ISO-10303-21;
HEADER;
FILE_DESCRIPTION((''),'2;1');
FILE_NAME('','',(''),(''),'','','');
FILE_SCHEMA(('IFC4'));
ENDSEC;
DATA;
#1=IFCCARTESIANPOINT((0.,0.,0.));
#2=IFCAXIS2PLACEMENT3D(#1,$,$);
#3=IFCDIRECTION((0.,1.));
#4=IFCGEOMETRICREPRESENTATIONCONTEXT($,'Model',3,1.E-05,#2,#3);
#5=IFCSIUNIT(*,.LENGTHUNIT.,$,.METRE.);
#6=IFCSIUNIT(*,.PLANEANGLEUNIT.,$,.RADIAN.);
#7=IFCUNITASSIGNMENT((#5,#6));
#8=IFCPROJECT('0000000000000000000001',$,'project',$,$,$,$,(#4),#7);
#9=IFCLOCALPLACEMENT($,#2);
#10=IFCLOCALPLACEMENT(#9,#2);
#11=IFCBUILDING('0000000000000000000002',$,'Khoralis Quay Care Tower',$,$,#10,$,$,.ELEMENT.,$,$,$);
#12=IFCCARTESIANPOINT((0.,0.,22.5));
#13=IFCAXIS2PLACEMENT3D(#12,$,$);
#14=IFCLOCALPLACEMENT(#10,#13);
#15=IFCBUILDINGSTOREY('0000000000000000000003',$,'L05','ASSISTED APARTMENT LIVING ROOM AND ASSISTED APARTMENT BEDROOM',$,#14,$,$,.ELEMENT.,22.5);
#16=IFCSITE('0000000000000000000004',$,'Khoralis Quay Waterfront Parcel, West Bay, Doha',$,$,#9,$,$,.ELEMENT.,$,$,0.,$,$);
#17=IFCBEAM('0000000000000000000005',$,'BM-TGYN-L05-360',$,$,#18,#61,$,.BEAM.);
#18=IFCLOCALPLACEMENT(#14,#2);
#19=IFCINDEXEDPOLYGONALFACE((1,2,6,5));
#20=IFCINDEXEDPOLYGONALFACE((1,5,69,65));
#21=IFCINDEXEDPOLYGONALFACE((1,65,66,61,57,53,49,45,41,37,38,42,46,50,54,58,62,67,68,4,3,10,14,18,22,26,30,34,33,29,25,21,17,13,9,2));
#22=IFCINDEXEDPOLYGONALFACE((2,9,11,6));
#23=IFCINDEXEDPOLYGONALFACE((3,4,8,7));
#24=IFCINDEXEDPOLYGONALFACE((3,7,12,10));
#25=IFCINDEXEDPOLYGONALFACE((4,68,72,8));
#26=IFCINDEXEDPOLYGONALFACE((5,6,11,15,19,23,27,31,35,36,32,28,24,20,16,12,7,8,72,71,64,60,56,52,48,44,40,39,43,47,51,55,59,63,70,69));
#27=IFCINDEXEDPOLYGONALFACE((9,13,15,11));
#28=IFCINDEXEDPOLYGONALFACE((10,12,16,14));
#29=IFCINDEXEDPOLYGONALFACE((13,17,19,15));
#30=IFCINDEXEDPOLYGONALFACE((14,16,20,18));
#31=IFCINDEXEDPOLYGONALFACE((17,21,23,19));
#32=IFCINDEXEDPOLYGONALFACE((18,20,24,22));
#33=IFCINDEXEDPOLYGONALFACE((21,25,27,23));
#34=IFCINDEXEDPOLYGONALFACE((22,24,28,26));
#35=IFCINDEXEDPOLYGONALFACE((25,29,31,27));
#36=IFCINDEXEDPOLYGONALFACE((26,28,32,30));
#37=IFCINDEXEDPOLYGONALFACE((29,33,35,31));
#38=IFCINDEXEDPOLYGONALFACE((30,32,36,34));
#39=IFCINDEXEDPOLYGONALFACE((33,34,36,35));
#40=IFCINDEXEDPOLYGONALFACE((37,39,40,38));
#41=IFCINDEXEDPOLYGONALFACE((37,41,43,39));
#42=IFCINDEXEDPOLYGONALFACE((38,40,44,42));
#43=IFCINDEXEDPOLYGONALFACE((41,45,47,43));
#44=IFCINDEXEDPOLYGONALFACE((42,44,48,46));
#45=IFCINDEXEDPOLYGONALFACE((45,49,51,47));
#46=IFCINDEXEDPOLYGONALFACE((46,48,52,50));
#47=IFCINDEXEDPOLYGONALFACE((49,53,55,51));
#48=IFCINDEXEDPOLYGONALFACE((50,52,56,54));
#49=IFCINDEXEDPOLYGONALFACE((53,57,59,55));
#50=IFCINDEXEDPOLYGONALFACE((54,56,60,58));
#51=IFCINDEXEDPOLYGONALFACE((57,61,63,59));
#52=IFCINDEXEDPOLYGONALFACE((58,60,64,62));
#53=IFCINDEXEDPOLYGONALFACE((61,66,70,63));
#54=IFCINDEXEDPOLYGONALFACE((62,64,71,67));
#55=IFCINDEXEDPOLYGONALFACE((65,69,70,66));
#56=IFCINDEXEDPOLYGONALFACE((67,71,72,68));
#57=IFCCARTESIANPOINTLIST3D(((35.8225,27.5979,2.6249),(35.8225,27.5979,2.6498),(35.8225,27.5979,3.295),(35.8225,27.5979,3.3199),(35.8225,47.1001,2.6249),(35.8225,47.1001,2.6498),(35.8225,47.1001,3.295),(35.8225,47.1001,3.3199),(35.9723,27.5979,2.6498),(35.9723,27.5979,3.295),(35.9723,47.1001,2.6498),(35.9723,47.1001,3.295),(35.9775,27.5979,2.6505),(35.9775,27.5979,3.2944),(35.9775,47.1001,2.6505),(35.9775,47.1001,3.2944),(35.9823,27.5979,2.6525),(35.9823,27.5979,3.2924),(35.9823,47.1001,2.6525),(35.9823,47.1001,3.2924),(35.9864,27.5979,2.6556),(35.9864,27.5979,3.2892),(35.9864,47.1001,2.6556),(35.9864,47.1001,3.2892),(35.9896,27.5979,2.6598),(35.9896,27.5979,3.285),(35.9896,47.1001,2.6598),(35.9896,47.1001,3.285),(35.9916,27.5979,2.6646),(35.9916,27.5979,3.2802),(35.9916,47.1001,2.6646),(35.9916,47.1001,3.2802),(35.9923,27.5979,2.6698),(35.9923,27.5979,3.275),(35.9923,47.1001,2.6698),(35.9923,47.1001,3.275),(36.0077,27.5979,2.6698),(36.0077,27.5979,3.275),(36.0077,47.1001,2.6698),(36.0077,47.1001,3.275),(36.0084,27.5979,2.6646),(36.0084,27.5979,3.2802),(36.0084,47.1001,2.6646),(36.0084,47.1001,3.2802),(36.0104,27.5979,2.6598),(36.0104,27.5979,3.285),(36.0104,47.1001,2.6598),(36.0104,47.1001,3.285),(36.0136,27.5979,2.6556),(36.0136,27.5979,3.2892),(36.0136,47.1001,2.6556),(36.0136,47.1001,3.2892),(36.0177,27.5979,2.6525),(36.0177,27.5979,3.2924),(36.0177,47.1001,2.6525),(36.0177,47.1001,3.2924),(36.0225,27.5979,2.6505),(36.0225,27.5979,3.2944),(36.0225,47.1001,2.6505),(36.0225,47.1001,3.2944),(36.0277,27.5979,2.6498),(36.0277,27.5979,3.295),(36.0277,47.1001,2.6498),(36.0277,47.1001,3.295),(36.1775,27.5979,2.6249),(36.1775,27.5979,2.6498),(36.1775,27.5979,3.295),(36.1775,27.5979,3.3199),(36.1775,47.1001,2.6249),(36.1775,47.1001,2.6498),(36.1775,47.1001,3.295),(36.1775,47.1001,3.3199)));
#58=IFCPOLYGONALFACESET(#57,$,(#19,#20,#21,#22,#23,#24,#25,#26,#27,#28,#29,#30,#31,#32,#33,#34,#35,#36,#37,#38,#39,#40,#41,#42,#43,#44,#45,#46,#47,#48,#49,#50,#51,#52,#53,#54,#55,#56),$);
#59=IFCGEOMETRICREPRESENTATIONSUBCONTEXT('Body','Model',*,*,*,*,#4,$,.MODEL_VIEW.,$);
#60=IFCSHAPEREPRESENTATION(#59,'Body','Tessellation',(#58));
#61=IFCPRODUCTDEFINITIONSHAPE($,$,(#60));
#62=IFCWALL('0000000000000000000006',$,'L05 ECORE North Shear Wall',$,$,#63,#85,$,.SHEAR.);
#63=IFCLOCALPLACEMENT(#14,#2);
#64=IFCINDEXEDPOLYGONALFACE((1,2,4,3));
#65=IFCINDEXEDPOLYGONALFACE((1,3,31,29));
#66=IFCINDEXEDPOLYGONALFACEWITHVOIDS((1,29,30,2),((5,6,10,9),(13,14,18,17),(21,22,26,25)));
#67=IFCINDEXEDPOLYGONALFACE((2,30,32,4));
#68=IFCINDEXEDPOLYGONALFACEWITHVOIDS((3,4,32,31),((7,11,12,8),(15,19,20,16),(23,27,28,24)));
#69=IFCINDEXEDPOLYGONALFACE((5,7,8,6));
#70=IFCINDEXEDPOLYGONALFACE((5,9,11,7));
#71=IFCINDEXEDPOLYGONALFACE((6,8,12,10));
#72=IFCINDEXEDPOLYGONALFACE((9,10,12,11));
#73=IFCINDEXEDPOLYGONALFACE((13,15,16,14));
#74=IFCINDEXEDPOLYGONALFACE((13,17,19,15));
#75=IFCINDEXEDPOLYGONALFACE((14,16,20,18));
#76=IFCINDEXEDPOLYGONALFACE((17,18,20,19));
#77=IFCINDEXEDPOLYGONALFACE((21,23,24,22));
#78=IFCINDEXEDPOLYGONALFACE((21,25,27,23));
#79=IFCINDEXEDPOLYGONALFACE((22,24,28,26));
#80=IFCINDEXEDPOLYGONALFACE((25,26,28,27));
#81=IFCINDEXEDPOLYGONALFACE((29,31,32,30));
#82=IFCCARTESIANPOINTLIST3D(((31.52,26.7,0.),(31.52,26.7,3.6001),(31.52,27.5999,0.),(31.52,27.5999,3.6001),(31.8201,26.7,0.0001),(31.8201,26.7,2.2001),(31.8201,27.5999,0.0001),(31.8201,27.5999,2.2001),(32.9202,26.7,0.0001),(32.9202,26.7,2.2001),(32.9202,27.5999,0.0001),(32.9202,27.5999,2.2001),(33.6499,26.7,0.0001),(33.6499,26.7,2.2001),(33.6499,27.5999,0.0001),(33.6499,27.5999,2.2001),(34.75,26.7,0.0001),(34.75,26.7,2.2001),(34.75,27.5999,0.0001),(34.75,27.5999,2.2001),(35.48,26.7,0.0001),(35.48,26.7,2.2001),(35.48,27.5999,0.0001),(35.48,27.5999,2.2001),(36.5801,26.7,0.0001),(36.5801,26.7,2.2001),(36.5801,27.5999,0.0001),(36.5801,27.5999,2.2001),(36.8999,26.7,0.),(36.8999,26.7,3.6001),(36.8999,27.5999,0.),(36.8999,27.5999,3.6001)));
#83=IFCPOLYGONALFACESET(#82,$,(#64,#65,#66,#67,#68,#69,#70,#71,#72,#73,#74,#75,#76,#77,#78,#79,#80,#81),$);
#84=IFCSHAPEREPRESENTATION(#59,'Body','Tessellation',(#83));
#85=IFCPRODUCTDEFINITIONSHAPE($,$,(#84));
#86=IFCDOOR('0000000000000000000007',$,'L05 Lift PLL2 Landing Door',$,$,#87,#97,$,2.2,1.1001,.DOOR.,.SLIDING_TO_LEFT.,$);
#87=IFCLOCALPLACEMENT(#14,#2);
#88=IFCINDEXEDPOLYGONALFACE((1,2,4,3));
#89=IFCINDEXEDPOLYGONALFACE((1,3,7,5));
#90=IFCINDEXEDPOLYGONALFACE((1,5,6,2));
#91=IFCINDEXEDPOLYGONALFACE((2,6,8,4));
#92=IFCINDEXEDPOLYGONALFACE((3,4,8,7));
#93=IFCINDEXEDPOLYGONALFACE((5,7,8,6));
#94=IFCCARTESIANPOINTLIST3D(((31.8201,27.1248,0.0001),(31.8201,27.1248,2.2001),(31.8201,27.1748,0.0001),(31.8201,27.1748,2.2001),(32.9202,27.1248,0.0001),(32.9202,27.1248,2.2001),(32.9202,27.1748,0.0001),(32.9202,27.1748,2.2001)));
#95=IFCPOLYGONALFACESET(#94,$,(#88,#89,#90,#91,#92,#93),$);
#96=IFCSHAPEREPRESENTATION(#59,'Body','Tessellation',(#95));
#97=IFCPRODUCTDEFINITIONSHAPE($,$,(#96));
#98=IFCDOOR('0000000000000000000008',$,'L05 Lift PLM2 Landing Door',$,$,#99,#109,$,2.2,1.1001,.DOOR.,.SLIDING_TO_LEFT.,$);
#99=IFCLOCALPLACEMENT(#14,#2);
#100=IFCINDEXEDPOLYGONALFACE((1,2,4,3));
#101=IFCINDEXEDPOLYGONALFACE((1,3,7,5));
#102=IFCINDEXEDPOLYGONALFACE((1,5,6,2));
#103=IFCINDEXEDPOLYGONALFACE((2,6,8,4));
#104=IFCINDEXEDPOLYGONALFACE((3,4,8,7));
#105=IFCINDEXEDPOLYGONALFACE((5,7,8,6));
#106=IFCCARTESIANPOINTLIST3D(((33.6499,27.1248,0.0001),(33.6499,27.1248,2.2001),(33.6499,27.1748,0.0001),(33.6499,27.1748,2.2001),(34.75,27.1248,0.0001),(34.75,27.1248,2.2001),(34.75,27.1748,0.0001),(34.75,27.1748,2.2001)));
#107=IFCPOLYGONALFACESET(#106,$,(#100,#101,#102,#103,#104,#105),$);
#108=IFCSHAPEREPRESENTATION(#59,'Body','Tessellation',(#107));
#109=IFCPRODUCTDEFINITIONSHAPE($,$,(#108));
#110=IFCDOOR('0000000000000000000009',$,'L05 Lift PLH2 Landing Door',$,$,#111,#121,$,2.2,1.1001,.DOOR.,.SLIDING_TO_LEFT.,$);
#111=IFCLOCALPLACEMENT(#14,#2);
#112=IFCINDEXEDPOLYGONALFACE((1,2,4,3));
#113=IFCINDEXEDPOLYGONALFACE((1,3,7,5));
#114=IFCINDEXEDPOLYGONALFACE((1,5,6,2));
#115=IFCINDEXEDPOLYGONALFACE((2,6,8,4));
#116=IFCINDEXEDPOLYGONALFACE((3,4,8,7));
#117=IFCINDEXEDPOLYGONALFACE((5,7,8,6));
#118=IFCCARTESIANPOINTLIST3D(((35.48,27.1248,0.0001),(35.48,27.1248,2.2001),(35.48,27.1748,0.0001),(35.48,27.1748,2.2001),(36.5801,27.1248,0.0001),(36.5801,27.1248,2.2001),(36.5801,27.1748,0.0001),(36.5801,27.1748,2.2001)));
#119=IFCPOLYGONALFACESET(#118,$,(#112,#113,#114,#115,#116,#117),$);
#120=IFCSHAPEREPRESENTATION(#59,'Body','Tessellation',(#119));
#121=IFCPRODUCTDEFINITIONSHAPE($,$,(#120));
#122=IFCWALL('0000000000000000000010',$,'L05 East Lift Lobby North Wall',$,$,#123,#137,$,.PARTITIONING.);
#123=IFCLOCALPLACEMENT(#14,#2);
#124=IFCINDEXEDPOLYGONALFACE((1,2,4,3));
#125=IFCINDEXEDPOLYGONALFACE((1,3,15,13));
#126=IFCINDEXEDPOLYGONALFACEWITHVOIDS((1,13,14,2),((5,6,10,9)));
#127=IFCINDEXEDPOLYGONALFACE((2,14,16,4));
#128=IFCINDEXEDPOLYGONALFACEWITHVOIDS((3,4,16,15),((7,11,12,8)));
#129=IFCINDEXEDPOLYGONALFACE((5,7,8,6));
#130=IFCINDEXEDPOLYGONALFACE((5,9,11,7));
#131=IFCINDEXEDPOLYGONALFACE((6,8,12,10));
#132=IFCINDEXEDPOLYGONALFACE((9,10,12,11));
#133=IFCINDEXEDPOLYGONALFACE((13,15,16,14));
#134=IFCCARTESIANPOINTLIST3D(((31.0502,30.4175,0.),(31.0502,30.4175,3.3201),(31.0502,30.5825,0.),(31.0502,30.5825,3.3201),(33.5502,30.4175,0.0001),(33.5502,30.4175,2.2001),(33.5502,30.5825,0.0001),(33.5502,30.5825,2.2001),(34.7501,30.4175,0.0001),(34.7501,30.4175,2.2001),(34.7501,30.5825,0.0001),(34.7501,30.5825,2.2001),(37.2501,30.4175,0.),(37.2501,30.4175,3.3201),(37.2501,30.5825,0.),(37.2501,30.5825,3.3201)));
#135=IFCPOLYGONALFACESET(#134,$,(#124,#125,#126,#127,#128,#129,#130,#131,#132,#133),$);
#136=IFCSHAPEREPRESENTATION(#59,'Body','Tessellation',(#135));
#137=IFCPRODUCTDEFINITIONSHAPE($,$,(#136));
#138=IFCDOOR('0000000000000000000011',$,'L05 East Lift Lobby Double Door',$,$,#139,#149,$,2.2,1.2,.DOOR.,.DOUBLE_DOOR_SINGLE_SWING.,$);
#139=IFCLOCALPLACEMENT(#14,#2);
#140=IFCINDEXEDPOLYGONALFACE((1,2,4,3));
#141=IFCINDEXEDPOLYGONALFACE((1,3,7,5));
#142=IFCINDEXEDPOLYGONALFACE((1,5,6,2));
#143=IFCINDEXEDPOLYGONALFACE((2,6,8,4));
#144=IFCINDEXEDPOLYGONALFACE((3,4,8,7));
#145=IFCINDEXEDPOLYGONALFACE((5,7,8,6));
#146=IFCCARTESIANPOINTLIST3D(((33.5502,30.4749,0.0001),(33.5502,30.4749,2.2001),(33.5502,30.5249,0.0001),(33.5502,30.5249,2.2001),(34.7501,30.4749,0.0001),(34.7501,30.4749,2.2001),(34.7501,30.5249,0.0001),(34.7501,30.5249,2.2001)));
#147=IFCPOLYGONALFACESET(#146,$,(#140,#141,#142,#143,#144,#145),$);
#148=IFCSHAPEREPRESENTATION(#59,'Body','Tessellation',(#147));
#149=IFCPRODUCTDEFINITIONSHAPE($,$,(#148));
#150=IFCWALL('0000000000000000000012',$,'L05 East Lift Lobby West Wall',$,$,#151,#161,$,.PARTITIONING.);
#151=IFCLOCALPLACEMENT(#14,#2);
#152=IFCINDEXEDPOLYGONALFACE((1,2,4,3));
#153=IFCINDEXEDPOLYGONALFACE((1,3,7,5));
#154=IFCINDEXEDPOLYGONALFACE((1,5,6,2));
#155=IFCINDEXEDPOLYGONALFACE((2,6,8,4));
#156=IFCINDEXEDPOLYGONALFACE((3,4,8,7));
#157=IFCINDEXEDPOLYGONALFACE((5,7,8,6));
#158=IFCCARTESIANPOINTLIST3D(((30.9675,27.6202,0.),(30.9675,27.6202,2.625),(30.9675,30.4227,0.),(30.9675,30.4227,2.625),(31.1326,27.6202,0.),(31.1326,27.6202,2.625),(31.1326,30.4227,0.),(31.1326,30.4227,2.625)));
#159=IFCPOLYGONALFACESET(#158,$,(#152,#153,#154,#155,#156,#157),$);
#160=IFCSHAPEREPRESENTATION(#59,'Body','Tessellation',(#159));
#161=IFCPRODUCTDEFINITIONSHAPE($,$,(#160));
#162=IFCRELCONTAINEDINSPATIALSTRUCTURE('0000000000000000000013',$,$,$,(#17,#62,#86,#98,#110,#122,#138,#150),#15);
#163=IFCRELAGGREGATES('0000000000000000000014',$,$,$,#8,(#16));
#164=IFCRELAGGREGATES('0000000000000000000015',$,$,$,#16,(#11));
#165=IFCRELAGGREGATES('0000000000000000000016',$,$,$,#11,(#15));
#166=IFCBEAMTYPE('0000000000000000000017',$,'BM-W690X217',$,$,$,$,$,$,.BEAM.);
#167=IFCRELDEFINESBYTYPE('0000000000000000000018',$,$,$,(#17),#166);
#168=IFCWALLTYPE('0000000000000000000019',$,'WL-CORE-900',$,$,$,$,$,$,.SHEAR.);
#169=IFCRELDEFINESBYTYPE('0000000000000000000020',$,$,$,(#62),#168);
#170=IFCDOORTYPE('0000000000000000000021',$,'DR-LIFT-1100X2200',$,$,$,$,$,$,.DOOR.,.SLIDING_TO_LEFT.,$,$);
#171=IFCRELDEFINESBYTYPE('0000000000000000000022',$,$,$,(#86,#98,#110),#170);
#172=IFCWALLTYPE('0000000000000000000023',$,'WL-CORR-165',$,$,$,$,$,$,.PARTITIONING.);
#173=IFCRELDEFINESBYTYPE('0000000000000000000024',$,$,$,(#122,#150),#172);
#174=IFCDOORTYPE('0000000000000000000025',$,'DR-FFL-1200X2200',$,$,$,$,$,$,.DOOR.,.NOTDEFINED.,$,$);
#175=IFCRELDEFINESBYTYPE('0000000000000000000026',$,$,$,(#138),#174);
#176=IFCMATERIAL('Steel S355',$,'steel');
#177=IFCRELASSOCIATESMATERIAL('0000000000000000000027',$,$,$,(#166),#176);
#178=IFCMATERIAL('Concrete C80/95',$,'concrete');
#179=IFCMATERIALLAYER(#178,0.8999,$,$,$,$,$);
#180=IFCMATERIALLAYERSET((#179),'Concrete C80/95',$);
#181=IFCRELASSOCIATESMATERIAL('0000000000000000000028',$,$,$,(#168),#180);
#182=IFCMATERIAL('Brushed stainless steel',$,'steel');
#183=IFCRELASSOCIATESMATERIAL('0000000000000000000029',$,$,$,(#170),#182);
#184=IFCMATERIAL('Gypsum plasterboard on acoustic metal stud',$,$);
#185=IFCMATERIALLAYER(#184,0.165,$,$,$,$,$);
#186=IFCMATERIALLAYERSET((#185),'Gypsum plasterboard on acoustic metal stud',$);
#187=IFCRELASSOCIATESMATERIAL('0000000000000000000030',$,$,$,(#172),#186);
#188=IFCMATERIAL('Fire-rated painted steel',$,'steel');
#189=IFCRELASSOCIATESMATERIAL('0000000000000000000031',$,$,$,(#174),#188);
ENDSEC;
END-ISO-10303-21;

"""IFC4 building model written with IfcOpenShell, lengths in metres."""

from ifc_helpers import new_model, si_unit, direction, frame, frame_2d, origin, origin_2d, place, context, subcontext, project, spatial, rectangle, i_section, extrude, source, transform, mapped, material, layer, layer_set, material_profile, profile_set, type_object, element, fill, save


model = new_model("IFC4")

# Units and contexts
model_context = context("Model", 3, precision=1e-05, world=origin(), true_north=direction((0.0, 1.0)))
body_context = subcontext(model_context, "Body", "Model", "MODEL_VIEW")
ifc_project = project(units=[si_unit("LENGTHUNIT", "METRE"), si_unit("PLANEANGLEUNIT", "RADIAN")], contexts=[model_context])

# Site, building, storey
site_placement = place(None, origin())
site = spatial("IfcSite", under=ifc_project, at=site_placement, Name="Khoralis Quay Waterfront Parcel, West Bay, Doha", CompositionType="ELEMENT", RefElevation=0.0)
building_placement = place(site_placement, origin())
building = spatial("IfcBuilding", under=site, at=building_placement, Name="Khoralis Quay Care Tower", CompositionType="ELEMENT")
storey_placement = place(building_placement, frame((0.0, 0.0, 22.5)))
storey = spatial("IfcBuildingStorey", under=building, at=storey_placement, Name="L05", Description="ASSISTED APARTMENT LIVING ROOM AND ASSISTED APARTMENT BEDROOM", CompositionType="ELEMENT", Elevation=22.5)

# Beam
ifc_material_1 = material(Name="Steel S355", Category="steel")
ifc_material_profile_1 = material_profile(ifc_material_1, i_section(OverallWidth=0.355, OverallDepth=0.6951, WebThickness=0.0154, FlangeThickness=0.0249, FilletRadius=0.02, at=origin_2d()), Name="Steel S355")
ifc_profile_set_1 = profile_set([ifc_material_profile_1], Name="Steel S355")
beam_type_1 = type_object("IfcBeamType", Name="BM-W690X217", PredefinedType="BEAM", material=ifc_profile_set_1)
shared_shape_1 = source(origin(), body_context, "Body", "SweptSolid", [
    extrude(i_section(OverallWidth=0.355, OverallDepth=0.6951, WebThickness=0.0154, FlangeThickness=0.0249, FilletRadius=0.02, at=origin_2d()), origin(), (0.0, 0.0, 1.0), 19.5022),
])
for number, where, z_axis, x_axis, name in (
    (1, (36.0, 27.5979, 2.9724), (0.0, 1.0, 0.0), (-1.0, 0.0, 0.0), "BM-TGYN-L05-360"),
):
    element("IfcBeam", number, at=place(storey_placement, frame(where, z_axis=z_axis, x_axis=x_axis)), inside=storey, type_object=beam_type_1, Name=name, PredefinedType="BEAM", context=body_context, shape_type="MappedRepresentation", body=[
        mapped(shared_shape_1, transform((0.0, 0.0, 0.0), scale=1.0)),
    ])

# Wall, openings, doors
ifc_material_2 = material(Name="Concrete C80/95", Category="concrete")
ifc_layer_1 = layer(ifc_material_2, 0.8999)
ifc_layer_set_1 = layer_set([ifc_layer_1], Name="Concrete C80/95")
wall_type_1 = type_object("IfcWallType", Name="WL-CORE-900", PredefinedType="SHEAR", material=ifc_layer_set_1)
wall_1_placement = place(storey_placement, frame((31.52, 27.1499, 0.0), z_axis=(0.0, 0.0, 1.0), x_axis=(1.0, 0.0, 0.0)))
wall_1 = element("IfcWall", 2, at=wall_1_placement, inside=storey, type_object=wall_type_1, Name="L05 ECORE North Shear Wall", PredefinedType="SHEAR", context=body_context, shape_type="SweptSolid", body=[
    extrude(rectangle(XDim=5.3799, YDim=0.8999, at=frame_2d((2.6899, 0.0))), origin(), (0.0, 0.0, 1.0), 3.6001),
])
opening_1_placement = place(wall_1_placement, frame((0.3, 0.0, 0.0)))
opening_1 = element("IfcOpeningElement", 3, at=opening_1_placement, cuts=wall_1, PredefinedType="OPENING", context=body_context, shape_type="SweptSolid", body=[
    extrude(rectangle(XDim=1.1001, YDim=2.2, at=frame_2d((0.55, 1.1001))), frame((0.0, 0.46, 0.0), z_axis=(0.0, -1.0, 0.0), x_axis=(1.0, 0.0, 0.0)), (0.0, 0.0, 1.0), 0.9199),
])
opening_2_placement = place(wall_1_placement, frame((2.1299, 0.0, 0.0)))
opening_2 = element("IfcOpeningElement", 4, at=opening_2_placement, cuts=wall_1, PredefinedType="OPENING", context=body_context, shape_type="SweptSolid", body=[
    extrude(rectangle(XDim=1.1001, YDim=2.2, at=frame_2d((0.55, 1.1001))), frame((0.0, 0.46, 0.0), z_axis=(0.0, -1.0, 0.0), x_axis=(1.0, 0.0, 0.0)), (0.0, 0.0, 1.0), 0.9199),
])
opening_3_placement = place(wall_1_placement, frame((3.96, 0.0, 0.0)))
opening_3 = element("IfcOpeningElement", 5, at=opening_3_placement, cuts=wall_1, PredefinedType="OPENING", context=body_context, shape_type="SweptSolid", body=[
    extrude(rectangle(XDim=1.1001, YDim=2.2, at=frame_2d((0.55, 1.1001))), frame((0.0, 0.46, 0.0), z_axis=(0.0, -1.0, 0.0), x_axis=(1.0, 0.0, 0.0)), (0.0, 0.0, 1.0), 0.9199),
])
ifc_material_3 = material(Name="Brushed stainless steel", Category="steel")
door_type_1 = type_object("IfcDoorType", Name="DR-LIFT-1100X2200", OperationType="SLIDING_TO_LEFT", PredefinedType="DOOR", material=ifc_material_3)
shared_shape_2 = source(origin(), body_context, "Body", "SweptSolid", [
    extrude(rectangle(XDim=1.1001, YDim=2.2, at=frame_2d((0.55, 1.1001))), frame((0.0, 0.0249, 0.0), z_axis=(0.0, -1.0, 0.0), x_axis=(1.0, 0.0, 0.0)), (0.0, 0.0, 1.0), 0.05),
])
door_1_placement = place(opening_1_placement, origin())
door_1 = element("IfcDoor", 6, at=door_1_placement, inside=storey, type_object=door_type_1, Name="L05 Lift PLL2 Landing Door", OperationType="SLIDING_TO_LEFT", OverallHeight=2.2, OverallWidth=1.1001, PredefinedType="DOOR", context=body_context, shape_type="MappedRepresentation", body=[
    mapped(shared_shape_2, transform((0.0, 0.0, 0.0), scale=1.0)),
])
fill(opening_1, door_1)
door_2_placement = place(opening_2_placement, origin())
door_2 = element("IfcDoor", 7, at=door_2_placement, inside=storey, type_object=door_type_1, Name="L05 Lift PLM2 Landing Door", OperationType="SLIDING_TO_LEFT", OverallHeight=2.2, OverallWidth=1.1001, PredefinedType="DOOR", context=body_context, shape_type="MappedRepresentation", body=[
    mapped(shared_shape_2, transform((0.0, 0.0, 0.0), scale=1.0)),
])
fill(opening_2, door_2)
door_3_placement = place(opening_3_placement, origin())
door_3 = element("IfcDoor", 8, at=door_3_placement, inside=storey, type_object=door_type_1, Name="L05 Lift PLH2 Landing Door", OperationType="SLIDING_TO_LEFT", OverallHeight=2.2, OverallWidth=1.1001, PredefinedType="DOOR", context=body_context, shape_type="MappedRepresentation", body=[
    mapped(shared_shape_2, transform((0.0, 0.0, 0.0), scale=1.0)),
])
fill(opening_3, door_3)

# Wall, opening, door
ifc_material_4 = material(Name="Gypsum plasterboard on acoustic metal stud")
ifc_layer_2 = layer(ifc_material_4, 0.165)
ifc_layer_set_2 = layer_set([ifc_layer_2], Name="Gypsum plasterboard on acoustic metal stud")
wall_type_2 = type_object("IfcWallType", Name="WL-CORR-165", PredefinedType="PARTITIONING", material=ifc_layer_set_2)
wall_2_placement = place(storey_placement, frame((31.05, 30.5, 0.0), z_axis=(0.0, 0.0, 1.0), x_axis=(1.0, 0.0, 0.0)))
wall_2 = element("IfcWall", 9, at=wall_2_placement, inside=storey, type_object=wall_type_2, Name="L05 East Lift Lobby North Wall", PredefinedType="PARTITIONING", context=body_context, shape_type="SweptSolid", body=[
    extrude(rectangle(XDim=6.2, YDim=0.165, at=frame_2d((3.1001, 0.0))), origin(), (0.0, 0.0, 1.0), 3.3201),
])
opening_4_placement = place(wall_2_placement, frame((2.5, 0.0, 0.0)))
opening_4 = element("IfcOpeningElement", 10, at=opening_4_placement, cuts=wall_2, PredefinedType="OPENING", context=body_context, shape_type="SweptSolid", body=[
    extrude(rectangle(XDim=1.2, YDim=2.2, at=frame_2d((0.6001, 1.1001))), frame((0.0, 0.0925, 0.0), z_axis=(0.0, -1.0, 0.0), x_axis=(1.0, 0.0, 0.0)), (0.0, 0.0, 1.0), 0.1851),
])
ifc_material_5 = material(Name="Fire-rated painted steel", Category="steel")
door_type_2 = type_object("IfcDoorType", Name="DR-FFL-1200X2200", OperationType="NOTDEFINED", PredefinedType="DOOR", material=ifc_material_5)
shared_shape_3 = source(origin(), body_context, "Body", "SweptSolid", [
    extrude(rectangle(XDim=1.2, YDim=2.2, at=frame_2d((0.6001, 1.1001))), frame((0.0, 0.0249, 0.0), z_axis=(0.0, -1.0, 0.0), x_axis=(1.0, 0.0, 0.0)), (0.0, 0.0, 1.0), 0.05),
])
door_4_placement = place(opening_4_placement, origin())
door_4 = element("IfcDoor", 11, at=door_4_placement, inside=storey, type_object=door_type_2, Name="L05 East Lift Lobby Double Door", OperationType="DOUBLE_DOOR_SINGLE_SWING", OverallHeight=2.2, OverallWidth=1.2, PredefinedType="DOOR", context=body_context, shape_type="MappedRepresentation", body=[
    mapped(shared_shape_3, transform((0.0, 0.0, 0.0), scale=1.0)),
])
fill(opening_4, door_4)

# Wall
wall_3_placement = place(storey_placement, frame((31.05, 27.6201, 0.0), z_axis=(0.0, 0.0, 1.0), x_axis=(0.0, 1.0, 0.0)))
element("IfcWall", 12, at=wall_3_placement, inside=storey, type_object=wall_type_2, Name="L05 East Lift Lobby West Wall", PredefinedType="PARTITIONING", context=body_context, shape_type="SweptSolid", body=[
    extrude(rectangle(XDim=2.8025, YDim=0.165, at=frame_2d((1.4014, 0.0))), origin(), (0.0, 0.0, 1.0), 2.625),
])

save(model, "model.ifc")
